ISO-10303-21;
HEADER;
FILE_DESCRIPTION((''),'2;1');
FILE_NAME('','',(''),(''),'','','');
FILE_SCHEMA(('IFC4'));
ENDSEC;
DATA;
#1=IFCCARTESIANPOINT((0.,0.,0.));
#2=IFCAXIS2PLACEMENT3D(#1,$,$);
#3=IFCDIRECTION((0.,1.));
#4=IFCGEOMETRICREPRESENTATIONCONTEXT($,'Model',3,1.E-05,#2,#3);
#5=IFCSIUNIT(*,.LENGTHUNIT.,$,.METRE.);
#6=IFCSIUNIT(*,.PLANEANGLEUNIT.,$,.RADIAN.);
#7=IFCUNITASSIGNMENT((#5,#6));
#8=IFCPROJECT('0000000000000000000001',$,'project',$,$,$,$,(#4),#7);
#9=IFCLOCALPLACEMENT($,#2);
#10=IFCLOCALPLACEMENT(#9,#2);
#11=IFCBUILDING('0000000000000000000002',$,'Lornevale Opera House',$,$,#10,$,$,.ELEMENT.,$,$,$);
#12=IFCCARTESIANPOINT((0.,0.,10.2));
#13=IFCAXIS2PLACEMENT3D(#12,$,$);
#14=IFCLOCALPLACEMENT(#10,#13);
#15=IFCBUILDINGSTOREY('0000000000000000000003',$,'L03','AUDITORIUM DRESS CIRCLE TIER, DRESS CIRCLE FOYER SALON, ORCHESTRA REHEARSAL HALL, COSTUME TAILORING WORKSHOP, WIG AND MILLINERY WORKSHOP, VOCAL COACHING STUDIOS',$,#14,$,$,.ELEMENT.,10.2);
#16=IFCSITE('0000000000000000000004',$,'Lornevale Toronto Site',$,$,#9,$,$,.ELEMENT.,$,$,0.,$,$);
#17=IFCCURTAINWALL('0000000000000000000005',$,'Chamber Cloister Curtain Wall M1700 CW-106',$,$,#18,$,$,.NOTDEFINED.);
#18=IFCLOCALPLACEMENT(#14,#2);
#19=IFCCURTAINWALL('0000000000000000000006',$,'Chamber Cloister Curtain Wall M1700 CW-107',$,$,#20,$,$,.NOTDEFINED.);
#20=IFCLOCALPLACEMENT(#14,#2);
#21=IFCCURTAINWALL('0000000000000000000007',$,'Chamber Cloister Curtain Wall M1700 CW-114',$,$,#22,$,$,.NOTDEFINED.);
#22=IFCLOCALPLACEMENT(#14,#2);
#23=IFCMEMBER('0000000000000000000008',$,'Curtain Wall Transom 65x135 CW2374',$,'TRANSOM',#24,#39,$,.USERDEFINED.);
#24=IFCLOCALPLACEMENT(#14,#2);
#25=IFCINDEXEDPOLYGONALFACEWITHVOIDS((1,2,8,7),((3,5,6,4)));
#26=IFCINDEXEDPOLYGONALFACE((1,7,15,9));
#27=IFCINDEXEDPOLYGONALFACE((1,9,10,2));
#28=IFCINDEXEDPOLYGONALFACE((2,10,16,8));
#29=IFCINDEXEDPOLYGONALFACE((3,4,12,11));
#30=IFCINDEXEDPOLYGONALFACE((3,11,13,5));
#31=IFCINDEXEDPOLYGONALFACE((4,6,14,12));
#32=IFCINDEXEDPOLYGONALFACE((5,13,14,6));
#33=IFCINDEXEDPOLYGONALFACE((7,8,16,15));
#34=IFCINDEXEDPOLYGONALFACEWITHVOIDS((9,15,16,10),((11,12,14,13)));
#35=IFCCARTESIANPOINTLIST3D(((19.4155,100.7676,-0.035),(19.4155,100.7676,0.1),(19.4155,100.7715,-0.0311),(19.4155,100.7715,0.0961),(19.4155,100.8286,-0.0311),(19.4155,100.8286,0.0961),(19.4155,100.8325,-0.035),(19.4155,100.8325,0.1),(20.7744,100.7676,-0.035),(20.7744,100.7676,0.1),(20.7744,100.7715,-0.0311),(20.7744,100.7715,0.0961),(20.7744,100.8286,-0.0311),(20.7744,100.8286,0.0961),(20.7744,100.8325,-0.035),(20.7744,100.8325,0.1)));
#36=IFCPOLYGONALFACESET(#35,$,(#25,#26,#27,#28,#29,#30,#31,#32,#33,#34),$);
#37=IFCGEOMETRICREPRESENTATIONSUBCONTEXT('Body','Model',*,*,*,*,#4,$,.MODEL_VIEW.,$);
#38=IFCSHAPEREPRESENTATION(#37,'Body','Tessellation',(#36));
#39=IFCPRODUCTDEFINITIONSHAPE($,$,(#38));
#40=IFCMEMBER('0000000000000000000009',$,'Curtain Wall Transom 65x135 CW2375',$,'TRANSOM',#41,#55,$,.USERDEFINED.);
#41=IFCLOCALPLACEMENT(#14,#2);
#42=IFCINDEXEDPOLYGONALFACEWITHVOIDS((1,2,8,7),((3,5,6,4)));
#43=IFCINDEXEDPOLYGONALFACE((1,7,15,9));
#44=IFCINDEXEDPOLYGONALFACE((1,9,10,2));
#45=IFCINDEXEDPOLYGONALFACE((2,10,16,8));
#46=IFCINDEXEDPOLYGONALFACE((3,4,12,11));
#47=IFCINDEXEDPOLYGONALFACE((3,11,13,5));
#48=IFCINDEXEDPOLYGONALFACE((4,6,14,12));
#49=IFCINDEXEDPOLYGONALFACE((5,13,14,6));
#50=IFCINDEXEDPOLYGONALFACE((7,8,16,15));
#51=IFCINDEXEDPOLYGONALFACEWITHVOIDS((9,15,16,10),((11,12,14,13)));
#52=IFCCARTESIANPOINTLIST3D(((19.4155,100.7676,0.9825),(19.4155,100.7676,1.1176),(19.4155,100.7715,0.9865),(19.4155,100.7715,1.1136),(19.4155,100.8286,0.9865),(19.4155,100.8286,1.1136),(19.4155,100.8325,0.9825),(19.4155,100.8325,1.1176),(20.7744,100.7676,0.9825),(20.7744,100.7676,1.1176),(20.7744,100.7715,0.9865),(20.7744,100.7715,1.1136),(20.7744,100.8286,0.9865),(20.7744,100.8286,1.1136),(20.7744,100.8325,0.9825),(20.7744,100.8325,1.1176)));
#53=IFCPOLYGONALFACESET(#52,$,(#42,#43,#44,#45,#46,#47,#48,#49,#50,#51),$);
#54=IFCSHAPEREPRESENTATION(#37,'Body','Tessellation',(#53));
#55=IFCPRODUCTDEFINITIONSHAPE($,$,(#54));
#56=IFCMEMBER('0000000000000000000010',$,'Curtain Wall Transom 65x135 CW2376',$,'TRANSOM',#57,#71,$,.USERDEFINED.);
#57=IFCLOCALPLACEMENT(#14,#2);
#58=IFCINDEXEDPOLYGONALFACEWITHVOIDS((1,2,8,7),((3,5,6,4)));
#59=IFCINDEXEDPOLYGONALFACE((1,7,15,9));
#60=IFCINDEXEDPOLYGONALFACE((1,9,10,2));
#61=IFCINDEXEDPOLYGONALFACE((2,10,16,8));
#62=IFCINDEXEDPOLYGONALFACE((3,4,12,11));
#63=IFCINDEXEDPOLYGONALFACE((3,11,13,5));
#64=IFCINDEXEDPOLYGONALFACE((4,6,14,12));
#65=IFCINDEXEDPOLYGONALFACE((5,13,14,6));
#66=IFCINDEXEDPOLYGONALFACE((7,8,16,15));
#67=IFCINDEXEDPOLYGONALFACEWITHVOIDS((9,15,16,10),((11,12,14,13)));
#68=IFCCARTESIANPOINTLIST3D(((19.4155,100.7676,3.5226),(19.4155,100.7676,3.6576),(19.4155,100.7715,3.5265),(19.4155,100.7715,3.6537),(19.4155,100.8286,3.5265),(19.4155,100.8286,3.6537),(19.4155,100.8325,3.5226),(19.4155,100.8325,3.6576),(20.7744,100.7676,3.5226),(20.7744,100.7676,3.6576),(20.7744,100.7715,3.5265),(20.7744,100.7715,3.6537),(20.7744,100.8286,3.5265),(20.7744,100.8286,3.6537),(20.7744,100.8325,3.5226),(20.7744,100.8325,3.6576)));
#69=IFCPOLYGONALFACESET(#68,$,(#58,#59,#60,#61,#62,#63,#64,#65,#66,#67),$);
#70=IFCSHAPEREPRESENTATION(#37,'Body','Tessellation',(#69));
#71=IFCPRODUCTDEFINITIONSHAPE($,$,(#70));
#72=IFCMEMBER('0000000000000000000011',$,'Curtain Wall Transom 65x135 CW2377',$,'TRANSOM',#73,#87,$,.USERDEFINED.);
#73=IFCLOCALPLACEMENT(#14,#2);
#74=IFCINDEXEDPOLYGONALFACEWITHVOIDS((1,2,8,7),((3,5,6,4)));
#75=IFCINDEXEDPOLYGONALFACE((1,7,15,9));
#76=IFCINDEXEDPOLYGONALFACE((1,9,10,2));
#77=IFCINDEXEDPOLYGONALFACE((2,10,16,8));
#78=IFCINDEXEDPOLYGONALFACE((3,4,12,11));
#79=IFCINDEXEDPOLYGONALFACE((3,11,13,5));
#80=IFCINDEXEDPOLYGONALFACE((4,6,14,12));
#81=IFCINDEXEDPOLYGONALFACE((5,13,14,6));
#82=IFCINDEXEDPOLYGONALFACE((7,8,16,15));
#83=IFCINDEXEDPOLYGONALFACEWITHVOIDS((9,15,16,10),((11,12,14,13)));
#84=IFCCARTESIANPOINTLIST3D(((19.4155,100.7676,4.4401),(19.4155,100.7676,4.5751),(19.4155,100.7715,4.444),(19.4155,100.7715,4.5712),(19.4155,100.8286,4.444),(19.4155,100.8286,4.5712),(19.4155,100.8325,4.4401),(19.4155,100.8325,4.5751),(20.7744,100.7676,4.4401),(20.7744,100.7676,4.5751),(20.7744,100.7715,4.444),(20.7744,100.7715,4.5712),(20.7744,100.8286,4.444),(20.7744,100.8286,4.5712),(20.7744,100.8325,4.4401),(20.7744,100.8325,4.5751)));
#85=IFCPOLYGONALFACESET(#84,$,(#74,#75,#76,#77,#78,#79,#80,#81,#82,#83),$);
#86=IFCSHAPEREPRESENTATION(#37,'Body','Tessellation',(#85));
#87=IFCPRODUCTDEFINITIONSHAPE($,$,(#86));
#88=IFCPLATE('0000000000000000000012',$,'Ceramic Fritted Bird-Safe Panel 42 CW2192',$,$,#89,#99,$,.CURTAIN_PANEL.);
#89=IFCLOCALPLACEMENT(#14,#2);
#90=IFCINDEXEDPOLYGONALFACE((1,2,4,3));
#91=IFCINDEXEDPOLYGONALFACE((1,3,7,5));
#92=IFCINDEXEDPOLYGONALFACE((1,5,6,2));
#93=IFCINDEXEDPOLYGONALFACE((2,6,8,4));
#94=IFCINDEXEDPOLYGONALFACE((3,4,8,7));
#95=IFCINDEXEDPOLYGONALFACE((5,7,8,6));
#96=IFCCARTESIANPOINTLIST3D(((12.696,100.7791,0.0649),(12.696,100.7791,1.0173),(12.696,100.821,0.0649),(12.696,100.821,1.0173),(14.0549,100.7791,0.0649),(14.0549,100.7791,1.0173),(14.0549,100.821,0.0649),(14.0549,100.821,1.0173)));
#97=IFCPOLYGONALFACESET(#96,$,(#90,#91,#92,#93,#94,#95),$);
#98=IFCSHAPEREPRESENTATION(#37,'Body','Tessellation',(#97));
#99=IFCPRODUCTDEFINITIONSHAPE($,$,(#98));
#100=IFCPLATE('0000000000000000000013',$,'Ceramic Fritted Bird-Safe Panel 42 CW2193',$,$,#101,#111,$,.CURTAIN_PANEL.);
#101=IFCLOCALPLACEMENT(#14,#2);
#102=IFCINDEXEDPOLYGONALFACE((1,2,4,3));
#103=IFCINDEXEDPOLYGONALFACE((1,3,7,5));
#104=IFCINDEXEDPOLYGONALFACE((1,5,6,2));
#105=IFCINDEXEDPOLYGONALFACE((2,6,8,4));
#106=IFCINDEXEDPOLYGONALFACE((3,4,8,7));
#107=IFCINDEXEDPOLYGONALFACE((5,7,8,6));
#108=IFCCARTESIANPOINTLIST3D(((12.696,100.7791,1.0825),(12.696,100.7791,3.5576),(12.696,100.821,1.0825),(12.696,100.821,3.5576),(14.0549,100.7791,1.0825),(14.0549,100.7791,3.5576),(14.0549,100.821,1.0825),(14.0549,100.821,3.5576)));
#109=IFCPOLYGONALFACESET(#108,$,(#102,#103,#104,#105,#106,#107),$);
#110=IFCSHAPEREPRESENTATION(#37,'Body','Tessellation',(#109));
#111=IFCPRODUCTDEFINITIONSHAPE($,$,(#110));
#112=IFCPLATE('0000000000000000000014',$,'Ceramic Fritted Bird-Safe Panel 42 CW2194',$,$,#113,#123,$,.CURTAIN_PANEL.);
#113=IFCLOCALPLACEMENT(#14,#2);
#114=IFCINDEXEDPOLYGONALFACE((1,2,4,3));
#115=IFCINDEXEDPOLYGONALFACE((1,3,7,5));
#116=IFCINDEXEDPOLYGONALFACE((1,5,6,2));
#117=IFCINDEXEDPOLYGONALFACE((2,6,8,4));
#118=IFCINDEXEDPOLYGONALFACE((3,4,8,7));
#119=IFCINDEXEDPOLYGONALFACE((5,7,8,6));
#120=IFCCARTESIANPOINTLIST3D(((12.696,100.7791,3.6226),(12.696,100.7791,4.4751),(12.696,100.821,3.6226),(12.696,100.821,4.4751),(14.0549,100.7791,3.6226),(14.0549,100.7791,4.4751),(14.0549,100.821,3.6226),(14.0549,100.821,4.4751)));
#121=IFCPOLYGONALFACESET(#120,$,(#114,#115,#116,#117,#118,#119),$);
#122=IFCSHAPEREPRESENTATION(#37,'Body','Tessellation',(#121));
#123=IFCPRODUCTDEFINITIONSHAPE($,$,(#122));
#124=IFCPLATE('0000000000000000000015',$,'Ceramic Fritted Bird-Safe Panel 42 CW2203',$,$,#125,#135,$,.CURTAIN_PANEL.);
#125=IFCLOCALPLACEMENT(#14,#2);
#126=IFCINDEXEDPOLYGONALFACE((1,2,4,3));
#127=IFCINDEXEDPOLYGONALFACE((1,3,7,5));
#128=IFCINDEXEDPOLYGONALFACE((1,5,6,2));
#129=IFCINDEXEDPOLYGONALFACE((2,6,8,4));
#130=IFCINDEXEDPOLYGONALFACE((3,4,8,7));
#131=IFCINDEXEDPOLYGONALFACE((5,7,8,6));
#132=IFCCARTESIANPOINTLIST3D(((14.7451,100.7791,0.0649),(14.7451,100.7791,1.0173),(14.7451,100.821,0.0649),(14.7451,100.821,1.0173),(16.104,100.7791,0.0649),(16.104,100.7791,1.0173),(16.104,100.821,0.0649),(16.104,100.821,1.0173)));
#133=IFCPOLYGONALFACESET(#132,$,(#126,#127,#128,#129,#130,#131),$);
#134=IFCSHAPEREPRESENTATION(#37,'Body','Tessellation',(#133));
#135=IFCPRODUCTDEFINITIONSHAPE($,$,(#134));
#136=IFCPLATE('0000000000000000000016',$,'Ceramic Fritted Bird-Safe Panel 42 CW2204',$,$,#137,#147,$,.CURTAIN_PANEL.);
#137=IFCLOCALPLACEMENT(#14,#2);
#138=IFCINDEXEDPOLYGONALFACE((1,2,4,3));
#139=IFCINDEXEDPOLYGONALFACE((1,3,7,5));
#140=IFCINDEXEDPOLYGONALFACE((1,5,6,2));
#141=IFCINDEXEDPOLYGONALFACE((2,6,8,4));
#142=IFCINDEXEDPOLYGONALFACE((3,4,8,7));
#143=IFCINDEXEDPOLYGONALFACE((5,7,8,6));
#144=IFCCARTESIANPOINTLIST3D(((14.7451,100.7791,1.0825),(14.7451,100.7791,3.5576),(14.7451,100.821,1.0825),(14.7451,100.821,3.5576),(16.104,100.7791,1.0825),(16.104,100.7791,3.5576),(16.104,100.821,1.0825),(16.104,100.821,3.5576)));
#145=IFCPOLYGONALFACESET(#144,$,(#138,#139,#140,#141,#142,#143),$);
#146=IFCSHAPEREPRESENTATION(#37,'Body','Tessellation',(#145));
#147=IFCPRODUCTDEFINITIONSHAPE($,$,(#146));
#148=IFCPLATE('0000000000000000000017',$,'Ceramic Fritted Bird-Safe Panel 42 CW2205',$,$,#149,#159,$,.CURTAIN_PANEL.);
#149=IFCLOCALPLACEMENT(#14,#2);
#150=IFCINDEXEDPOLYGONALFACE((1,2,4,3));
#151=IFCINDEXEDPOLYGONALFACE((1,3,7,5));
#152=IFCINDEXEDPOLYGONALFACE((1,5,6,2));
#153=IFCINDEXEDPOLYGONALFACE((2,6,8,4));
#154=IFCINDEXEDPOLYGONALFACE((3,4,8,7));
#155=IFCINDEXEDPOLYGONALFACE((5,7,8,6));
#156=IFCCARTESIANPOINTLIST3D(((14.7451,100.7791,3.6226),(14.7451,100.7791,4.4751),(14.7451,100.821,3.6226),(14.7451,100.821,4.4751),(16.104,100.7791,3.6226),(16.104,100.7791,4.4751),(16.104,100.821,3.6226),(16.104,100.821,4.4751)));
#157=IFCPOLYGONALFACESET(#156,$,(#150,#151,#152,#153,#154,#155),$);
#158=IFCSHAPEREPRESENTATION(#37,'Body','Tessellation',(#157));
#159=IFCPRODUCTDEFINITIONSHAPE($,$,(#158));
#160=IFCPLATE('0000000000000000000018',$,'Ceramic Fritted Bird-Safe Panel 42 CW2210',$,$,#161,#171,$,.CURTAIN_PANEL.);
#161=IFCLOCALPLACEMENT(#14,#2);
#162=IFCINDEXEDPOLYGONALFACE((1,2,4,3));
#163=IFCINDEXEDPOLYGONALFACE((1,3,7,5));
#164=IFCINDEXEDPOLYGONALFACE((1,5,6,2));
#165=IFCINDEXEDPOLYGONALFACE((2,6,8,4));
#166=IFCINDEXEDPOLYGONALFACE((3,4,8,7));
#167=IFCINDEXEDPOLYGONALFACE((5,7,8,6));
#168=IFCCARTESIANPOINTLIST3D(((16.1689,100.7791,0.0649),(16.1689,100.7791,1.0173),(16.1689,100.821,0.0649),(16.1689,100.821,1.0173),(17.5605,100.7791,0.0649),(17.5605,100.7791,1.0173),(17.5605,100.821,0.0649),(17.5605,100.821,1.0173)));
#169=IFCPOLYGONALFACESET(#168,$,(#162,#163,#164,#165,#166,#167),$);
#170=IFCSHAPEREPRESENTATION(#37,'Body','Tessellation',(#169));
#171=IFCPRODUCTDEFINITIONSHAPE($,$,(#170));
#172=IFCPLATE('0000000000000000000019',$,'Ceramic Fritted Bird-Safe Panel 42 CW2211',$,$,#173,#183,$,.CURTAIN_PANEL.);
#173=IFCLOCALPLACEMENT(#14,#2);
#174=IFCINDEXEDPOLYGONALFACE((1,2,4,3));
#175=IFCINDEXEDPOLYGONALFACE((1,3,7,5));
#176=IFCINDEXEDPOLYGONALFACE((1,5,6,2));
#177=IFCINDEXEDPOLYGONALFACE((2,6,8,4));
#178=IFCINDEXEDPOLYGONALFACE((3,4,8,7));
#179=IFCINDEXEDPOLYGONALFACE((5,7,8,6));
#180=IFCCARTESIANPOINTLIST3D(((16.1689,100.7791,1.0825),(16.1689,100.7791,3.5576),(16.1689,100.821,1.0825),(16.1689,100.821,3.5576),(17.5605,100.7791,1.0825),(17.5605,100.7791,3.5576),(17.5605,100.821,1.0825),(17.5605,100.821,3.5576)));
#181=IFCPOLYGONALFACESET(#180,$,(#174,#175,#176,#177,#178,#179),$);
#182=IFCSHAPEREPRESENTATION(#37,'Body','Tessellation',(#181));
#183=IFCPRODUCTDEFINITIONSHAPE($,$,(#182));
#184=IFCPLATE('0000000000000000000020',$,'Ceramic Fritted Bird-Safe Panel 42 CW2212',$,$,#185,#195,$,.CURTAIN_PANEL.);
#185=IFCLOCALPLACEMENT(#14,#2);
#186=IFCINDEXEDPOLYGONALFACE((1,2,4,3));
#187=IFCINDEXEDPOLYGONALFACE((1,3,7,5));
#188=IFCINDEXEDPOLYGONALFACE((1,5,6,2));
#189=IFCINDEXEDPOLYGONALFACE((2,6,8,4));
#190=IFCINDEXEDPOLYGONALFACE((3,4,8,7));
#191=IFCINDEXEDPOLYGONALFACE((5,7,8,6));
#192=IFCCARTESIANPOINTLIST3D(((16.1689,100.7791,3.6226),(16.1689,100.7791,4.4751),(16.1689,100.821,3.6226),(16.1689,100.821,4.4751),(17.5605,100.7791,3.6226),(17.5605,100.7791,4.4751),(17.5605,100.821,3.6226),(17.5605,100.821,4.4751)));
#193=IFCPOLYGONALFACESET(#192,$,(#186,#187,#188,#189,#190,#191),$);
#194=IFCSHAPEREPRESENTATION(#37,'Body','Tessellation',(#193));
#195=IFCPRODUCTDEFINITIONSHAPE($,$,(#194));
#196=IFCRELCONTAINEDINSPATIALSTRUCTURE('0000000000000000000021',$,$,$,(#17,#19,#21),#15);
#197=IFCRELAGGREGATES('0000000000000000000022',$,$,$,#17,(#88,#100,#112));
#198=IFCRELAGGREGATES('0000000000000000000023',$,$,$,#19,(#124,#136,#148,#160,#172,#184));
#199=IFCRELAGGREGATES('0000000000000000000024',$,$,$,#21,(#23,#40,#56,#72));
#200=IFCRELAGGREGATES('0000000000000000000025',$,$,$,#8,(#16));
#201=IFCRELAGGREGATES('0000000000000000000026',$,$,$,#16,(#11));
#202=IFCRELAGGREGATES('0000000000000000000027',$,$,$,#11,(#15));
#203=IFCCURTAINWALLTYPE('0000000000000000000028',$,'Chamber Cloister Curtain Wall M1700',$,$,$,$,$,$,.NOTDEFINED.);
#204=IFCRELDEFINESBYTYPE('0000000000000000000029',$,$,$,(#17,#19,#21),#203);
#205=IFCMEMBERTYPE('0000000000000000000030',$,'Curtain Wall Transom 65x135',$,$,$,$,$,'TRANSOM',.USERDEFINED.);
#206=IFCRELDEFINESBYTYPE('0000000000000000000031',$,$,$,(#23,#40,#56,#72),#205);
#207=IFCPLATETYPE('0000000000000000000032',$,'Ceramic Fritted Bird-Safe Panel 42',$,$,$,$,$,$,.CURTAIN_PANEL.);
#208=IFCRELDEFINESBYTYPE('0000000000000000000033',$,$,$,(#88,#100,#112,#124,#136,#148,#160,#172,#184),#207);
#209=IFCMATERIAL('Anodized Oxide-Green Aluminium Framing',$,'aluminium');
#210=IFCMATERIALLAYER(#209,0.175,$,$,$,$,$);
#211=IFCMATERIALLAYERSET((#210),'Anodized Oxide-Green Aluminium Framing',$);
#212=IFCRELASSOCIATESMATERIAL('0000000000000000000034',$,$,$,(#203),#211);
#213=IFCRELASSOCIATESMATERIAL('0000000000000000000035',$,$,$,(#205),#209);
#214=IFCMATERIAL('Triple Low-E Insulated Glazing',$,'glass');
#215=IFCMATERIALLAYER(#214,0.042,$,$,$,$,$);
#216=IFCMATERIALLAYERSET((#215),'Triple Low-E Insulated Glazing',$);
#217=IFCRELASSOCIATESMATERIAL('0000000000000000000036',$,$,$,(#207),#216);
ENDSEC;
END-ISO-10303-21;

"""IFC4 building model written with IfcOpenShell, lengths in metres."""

from ifc_helpers import new_model, si_unit, direction, frame, origin, origin_2d, place, context, subcontext, project, spatial, rectangle, hollow_rectangle, extrude, material, layer, layer_set, material_profile, profile_set, type_object, element, aggregate, save


model = new_model("IFC4")

# Units and contexts
model_context = context("Model", 3, precision=1e-05, world=origin(), true_north=direction((0.0, 1.0)))
body_context = subcontext(model_context, "Body", "Model", "MODEL_VIEW")
ifc_project = project(units=[si_unit("LENGTHUNIT", "METRE"), si_unit("PLANEANGLEUNIT", "RADIAN")], contexts=[model_context])

# Site, building, storey
site_placement = place(None, origin())
site = spatial("IfcSite", under=ifc_project, at=site_placement, Name="Lornevale Toronto Site", CompositionType="ELEMENT", RefElevation=0.0)
building_placement = place(site_placement, origin())
building = spatial("IfcBuilding", under=site, at=building_placement, Name="Lornevale Opera House", CompositionType="ELEMENT")
storey_placement = place(building_placement, frame((0.0, 0.0, 10.2)))
storey = spatial("IfcBuildingStorey", under=building, at=storey_placement, Name="L03", Description="AUDITORIUM DRESS CIRCLE TIER, DRESS CIRCLE FOYER SALON, ORCHESTRA REHEARSAL HALL, COSTUME TAILORING WORKSHOP, WIG AND MILLINERY WORKSHOP, VOCAL COACHING STUDIOS", CompositionType="ELEMENT", Elevation=10.2)

# Curtain wall
ifc_material_1 = material(Name="Anodized Oxide-Green Aluminium Framing", Category="aluminium")
ifc_layer_1 = layer(ifc_material_1, 0.175)
ifc_layer_set_1 = layer_set([ifc_layer_1], Name="Anodized Oxide-Green Aluminium Framing")
curtain_wall_type = type_object("IfcCurtainWallType", Name="Chamber Cloister Curtain Wall M1700", PredefinedType="NOTDEFINED", material=ifc_layer_set_1)
curtain_wall_1_placement = place(storey_placement, origin())
curtain_wall_1 = element("IfcCurtainWall", 1, at=curtain_wall_1_placement, inside=storey, type_object=curtain_wall_type, Name="Chamber Cloister Curtain Wall M1700 CW-106", PredefinedType="NOTDEFINED")

# Curtain wall
curtain_wall_2_placement = place(storey_placement, origin())
curtain_wall_2 = element("IfcCurtainWall", 2, at=curtain_wall_2_placement, inside=storey, type_object=curtain_wall_type, Name="Chamber Cloister Curtain Wall M1700 CW-107", PredefinedType="NOTDEFINED")

# Curtain wall
curtain_wall_3_placement = place(storey_placement, origin())
curtain_wall_3 = element("IfcCurtainWall", 3, at=curtain_wall_3_placement, inside=storey, type_object=curtain_wall_type, Name="Chamber Cloister Curtain Wall M1700 CW-114", PredefinedType="NOTDEFINED")

# Members
ifc_material_profile_1 = material_profile(ifc_material_1, hollow_rectangle(XDim=0.0649, YDim=0.135, WallThickness=0.0039, at=origin_2d()), Name="ALU65x135x4")
ifc_profile_set_1 = profile_set([ifc_material_profile_1], Name="Anodized Oxide-Green Aluminium Framing")
member_type_1 = type_object("IfcMemberType", Name="Curtain Wall Transom 65x135", ElementType="TRANSOM", PredefinedType="USERDEFINED", material=ifc_profile_set_1)
member_1_placement = place(storey_placement, frame((19.4155, 100.8, 0.0325), z_axis=(1.0, 0.0, 0.0), x_axis=(0.0, 1.0, 0.0)))
member_1 = element("IfcMember", 4, at=member_1_placement, type_object=member_type_1, Name="Curtain Wall Transom 65x135 CW2374", ObjectType="TRANSOM", PredefinedType="USERDEFINED", context=body_context, shape_type="SweptSolid", body=[
    extrude(hollow_rectangle(XDim=0.0649, YDim=0.135, WallThickness=0.0039, at=origin_2d()), origin(), (0.0, 0.0, 1.0), 1.3589),
])
member_2_placement = place(storey_placement, frame((19.4155, 100.8, 1.05), z_axis=(1.0, 0.0, 0.0), x_axis=(0.0, 1.0, 0.0)))
member_2 = element("IfcMember", 5, at=member_2_placement, type_object=member_type_1, Name="Curtain Wall Transom 65x135 CW2375", ObjectType="TRANSOM", PredefinedType="USERDEFINED", context=body_context, shape_type="SweptSolid", body=[
    extrude(hollow_rectangle(XDim=0.0649, YDim=0.135, WallThickness=0.0039, at=origin_2d()), origin(), (0.0, 0.0, 1.0), 1.3589),
])
member_3_placement = place(storey_placement, frame((19.4155, 100.8, 3.5901), z_axis=(1.0, 0.0, 0.0), x_axis=(0.0, 1.0, 0.0)))
member_3 = element("IfcMember", 6, at=member_3_placement, type_object=member_type_1, Name="Curtain Wall Transom 65x135 CW2376", ObjectType="TRANSOM", PredefinedType="USERDEFINED", context=body_context, shape_type="SweptSolid", body=[
    extrude(hollow_rectangle(XDim=0.0649, YDim=0.135, WallThickness=0.0039, at=origin_2d()), origin(), (0.0, 0.0, 1.0), 1.3589),
])
member_4_placement = place(storey_placement, frame((19.4155, 100.8, 4.5076), z_axis=(1.0, 0.0, 0.0), x_axis=(0.0, 1.0, 0.0)))
member_4 = element("IfcMember", 7, at=member_4_placement, type_object=member_type_1, Name="Curtain Wall Transom 65x135 CW2377", ObjectType="TRANSOM", PredefinedType="USERDEFINED", context=body_context, shape_type="SweptSolid", body=[
    extrude(hollow_rectangle(XDim=0.0649, YDim=0.135, WallThickness=0.0039, at=origin_2d()), origin(), (0.0, 0.0, 1.0), 1.3589),
])

# Plates
ifc_material_2 = material(Name="Triple Low-E Insulated Glazing", Category="glass")
ifc_layer_2 = layer(ifc_material_2, 0.042)
ifc_layer_set_2 = layer_set([ifc_layer_2], Name="Triple Low-E Insulated Glazing")
plate_type = type_object("IfcPlateType", Name="Ceramic Fritted Bird-Safe Panel 42", PredefinedType="CURTAIN_PANEL", material=ifc_layer_set_2)
plate_1_placement = place(storey_placement, frame((13.3755, 100.8, 0.0649), z_axis=(0.0, 0.0, 1.0), x_axis=(1.0, 0.0, 0.0)))
plate_1 = element("IfcPlate", 8, at=plate_1_placement, type_object=plate_type, Name="Ceramic Fritted Bird-Safe Panel 42 CW2192", PredefinedType="CURTAIN_PANEL", context=body_context, shape_type="SweptSolid", body=[
    extrude(rectangle(XDim=1.3589, YDim=0.042, at=origin_2d()), origin(), (0.0, 0.0, 1.0), 0.9524),
])
plate_2_placement = place(storey_placement, frame((13.3755, 100.8, 1.0825), z_axis=(0.0, 0.0, 1.0), x_axis=(1.0, 0.0, 0.0)))
plate_2 = element("IfcPlate", 9, at=plate_2_placement, type_object=plate_type, Name="Ceramic Fritted Bird-Safe Panel 42 CW2193", PredefinedType="CURTAIN_PANEL", context=body_context, shape_type="SweptSolid", body=[
    extrude(rectangle(XDim=1.3589, YDim=0.042, at=origin_2d()), origin(), (0.0, 0.0, 1.0), 2.4751),
])
plate_3_placement = place(storey_placement, frame((13.3755, 100.8, 3.6226), z_axis=(0.0, 0.0, 1.0), x_axis=(1.0, 0.0, 0.0)))
plate_3 = element("IfcPlate", 10, at=plate_3_placement, type_object=plate_type, Name="Ceramic Fritted Bird-Safe Panel 42 CW2194", PredefinedType="CURTAIN_PANEL", context=body_context, shape_type="SweptSolid", body=[
    extrude(rectangle(XDim=1.3589, YDim=0.042, at=origin_2d()), origin(), (0.0, 0.0, 1.0), 0.8525),
])
aggregate(curtain_wall_1, [plate_1, plate_2, plate_3])
plate_4_placement = place(storey_placement, frame((15.4246, 100.8, 0.0649), z_axis=(0.0, 0.0, 1.0), x_axis=(1.0, 0.0, 0.0)))
plate_4 = element("IfcPlate", 11, at=plate_4_placement, type_object=plate_type, Name="Ceramic Fritted Bird-Safe Panel 42 CW2203", PredefinedType="CURTAIN_PANEL", context=body_context, shape_type="SweptSolid", body=[
    extrude(rectangle(XDim=1.3589, YDim=0.042, at=origin_2d()), origin(), (0.0, 0.0, 1.0), 0.9524),
])
plate_5_placement = place(storey_placement, frame((15.4246, 100.8, 1.0825), z_axis=(0.0, 0.0, 1.0), x_axis=(1.0, 0.0, 0.0)))
plate_5 = element("IfcPlate", 12, at=plate_5_placement, type_object=plate_type, Name="Ceramic Fritted Bird-Safe Panel 42 CW2204", PredefinedType="CURTAIN_PANEL", context=body_context, shape_type="SweptSolid", body=[
    extrude(rectangle(XDim=1.3589, YDim=0.042, at=origin_2d()), origin(), (0.0, 0.0, 1.0), 2.4751),
])
plate_6_placement = place(storey_placement, frame((15.4246, 100.8, 3.6226), z_axis=(0.0, 0.0, 1.0), x_axis=(1.0, 0.0, 0.0)))
plate_6 = element("IfcPlate", 13, at=plate_6_placement, type_object=plate_type, Name="Ceramic Fritted Bird-Safe Panel 42 CW2205", PredefinedType="CURTAIN_PANEL", context=body_context, shape_type="SweptSolid", body=[
    extrude(rectangle(XDim=1.3589, YDim=0.042, at=origin_2d()), origin(), (0.0, 0.0, 1.0), 0.8525),
])
plate_7_placement = place(storey_placement, frame((16.8647, 100.8, 0.0649), z_axis=(0.0, 0.0, 1.0), x_axis=(1.0, 0.0, 0.0)))
plate_7 = element("IfcPlate", 14, at=plate_7_placement, type_object=plate_type, Name="Ceramic Fritted Bird-Safe Panel 42 CW2210", PredefinedType="CURTAIN_PANEL", context=body_context, shape_type="SweptSolid", body=[
    extrude(rectangle(XDim=1.3916, YDim=0.042, at=origin_2d()), origin(), (0.0, 0.0, 1.0), 0.9524),
])
plate_8_placement = place(storey_placement, frame((16.8647, 100.8, 1.0825), z_axis=(0.0, 0.0, 1.0), x_axis=(1.0, 0.0, 0.0)))
plate_8 = element("IfcPlate", 15, at=plate_8_placement, type_object=plate_type, Name="Ceramic Fritted Bird-Safe Panel 42 CW2211", PredefinedType="CURTAIN_PANEL", context=body_context, shape_type="SweptSolid", body=[
    extrude(rectangle(XDim=1.3916, YDim=0.042, at=origin_2d()), origin(), (0.0, 0.0, 1.0), 2.4751),
])
plate_9_placement = place(storey_placement, frame((16.8647, 100.8, 3.6226), z_axis=(0.0, 0.0, 1.0), x_axis=(1.0, 0.0, 0.0)))
plate_9 = element("IfcPlate", 16, at=plate_9_placement, type_object=plate_type, Name="Ceramic Fritted Bird-Safe Panel 42 CW2212", PredefinedType="CURTAIN_PANEL", context=body_context, shape_type="SweptSolid", body=[
    extrude(rectangle(XDim=1.3916, YDim=0.042, at=origin_2d()), origin(), (0.0, 0.0, 1.0), 0.8525),
])
aggregate(curtain_wall_2, [plate_4, plate_5, plate_6, plate_7, plate_8, plate_9])
aggregate(curtain_wall_3, [member_1, member_2, member_3, member_4])

save(model, "model.ifc")
